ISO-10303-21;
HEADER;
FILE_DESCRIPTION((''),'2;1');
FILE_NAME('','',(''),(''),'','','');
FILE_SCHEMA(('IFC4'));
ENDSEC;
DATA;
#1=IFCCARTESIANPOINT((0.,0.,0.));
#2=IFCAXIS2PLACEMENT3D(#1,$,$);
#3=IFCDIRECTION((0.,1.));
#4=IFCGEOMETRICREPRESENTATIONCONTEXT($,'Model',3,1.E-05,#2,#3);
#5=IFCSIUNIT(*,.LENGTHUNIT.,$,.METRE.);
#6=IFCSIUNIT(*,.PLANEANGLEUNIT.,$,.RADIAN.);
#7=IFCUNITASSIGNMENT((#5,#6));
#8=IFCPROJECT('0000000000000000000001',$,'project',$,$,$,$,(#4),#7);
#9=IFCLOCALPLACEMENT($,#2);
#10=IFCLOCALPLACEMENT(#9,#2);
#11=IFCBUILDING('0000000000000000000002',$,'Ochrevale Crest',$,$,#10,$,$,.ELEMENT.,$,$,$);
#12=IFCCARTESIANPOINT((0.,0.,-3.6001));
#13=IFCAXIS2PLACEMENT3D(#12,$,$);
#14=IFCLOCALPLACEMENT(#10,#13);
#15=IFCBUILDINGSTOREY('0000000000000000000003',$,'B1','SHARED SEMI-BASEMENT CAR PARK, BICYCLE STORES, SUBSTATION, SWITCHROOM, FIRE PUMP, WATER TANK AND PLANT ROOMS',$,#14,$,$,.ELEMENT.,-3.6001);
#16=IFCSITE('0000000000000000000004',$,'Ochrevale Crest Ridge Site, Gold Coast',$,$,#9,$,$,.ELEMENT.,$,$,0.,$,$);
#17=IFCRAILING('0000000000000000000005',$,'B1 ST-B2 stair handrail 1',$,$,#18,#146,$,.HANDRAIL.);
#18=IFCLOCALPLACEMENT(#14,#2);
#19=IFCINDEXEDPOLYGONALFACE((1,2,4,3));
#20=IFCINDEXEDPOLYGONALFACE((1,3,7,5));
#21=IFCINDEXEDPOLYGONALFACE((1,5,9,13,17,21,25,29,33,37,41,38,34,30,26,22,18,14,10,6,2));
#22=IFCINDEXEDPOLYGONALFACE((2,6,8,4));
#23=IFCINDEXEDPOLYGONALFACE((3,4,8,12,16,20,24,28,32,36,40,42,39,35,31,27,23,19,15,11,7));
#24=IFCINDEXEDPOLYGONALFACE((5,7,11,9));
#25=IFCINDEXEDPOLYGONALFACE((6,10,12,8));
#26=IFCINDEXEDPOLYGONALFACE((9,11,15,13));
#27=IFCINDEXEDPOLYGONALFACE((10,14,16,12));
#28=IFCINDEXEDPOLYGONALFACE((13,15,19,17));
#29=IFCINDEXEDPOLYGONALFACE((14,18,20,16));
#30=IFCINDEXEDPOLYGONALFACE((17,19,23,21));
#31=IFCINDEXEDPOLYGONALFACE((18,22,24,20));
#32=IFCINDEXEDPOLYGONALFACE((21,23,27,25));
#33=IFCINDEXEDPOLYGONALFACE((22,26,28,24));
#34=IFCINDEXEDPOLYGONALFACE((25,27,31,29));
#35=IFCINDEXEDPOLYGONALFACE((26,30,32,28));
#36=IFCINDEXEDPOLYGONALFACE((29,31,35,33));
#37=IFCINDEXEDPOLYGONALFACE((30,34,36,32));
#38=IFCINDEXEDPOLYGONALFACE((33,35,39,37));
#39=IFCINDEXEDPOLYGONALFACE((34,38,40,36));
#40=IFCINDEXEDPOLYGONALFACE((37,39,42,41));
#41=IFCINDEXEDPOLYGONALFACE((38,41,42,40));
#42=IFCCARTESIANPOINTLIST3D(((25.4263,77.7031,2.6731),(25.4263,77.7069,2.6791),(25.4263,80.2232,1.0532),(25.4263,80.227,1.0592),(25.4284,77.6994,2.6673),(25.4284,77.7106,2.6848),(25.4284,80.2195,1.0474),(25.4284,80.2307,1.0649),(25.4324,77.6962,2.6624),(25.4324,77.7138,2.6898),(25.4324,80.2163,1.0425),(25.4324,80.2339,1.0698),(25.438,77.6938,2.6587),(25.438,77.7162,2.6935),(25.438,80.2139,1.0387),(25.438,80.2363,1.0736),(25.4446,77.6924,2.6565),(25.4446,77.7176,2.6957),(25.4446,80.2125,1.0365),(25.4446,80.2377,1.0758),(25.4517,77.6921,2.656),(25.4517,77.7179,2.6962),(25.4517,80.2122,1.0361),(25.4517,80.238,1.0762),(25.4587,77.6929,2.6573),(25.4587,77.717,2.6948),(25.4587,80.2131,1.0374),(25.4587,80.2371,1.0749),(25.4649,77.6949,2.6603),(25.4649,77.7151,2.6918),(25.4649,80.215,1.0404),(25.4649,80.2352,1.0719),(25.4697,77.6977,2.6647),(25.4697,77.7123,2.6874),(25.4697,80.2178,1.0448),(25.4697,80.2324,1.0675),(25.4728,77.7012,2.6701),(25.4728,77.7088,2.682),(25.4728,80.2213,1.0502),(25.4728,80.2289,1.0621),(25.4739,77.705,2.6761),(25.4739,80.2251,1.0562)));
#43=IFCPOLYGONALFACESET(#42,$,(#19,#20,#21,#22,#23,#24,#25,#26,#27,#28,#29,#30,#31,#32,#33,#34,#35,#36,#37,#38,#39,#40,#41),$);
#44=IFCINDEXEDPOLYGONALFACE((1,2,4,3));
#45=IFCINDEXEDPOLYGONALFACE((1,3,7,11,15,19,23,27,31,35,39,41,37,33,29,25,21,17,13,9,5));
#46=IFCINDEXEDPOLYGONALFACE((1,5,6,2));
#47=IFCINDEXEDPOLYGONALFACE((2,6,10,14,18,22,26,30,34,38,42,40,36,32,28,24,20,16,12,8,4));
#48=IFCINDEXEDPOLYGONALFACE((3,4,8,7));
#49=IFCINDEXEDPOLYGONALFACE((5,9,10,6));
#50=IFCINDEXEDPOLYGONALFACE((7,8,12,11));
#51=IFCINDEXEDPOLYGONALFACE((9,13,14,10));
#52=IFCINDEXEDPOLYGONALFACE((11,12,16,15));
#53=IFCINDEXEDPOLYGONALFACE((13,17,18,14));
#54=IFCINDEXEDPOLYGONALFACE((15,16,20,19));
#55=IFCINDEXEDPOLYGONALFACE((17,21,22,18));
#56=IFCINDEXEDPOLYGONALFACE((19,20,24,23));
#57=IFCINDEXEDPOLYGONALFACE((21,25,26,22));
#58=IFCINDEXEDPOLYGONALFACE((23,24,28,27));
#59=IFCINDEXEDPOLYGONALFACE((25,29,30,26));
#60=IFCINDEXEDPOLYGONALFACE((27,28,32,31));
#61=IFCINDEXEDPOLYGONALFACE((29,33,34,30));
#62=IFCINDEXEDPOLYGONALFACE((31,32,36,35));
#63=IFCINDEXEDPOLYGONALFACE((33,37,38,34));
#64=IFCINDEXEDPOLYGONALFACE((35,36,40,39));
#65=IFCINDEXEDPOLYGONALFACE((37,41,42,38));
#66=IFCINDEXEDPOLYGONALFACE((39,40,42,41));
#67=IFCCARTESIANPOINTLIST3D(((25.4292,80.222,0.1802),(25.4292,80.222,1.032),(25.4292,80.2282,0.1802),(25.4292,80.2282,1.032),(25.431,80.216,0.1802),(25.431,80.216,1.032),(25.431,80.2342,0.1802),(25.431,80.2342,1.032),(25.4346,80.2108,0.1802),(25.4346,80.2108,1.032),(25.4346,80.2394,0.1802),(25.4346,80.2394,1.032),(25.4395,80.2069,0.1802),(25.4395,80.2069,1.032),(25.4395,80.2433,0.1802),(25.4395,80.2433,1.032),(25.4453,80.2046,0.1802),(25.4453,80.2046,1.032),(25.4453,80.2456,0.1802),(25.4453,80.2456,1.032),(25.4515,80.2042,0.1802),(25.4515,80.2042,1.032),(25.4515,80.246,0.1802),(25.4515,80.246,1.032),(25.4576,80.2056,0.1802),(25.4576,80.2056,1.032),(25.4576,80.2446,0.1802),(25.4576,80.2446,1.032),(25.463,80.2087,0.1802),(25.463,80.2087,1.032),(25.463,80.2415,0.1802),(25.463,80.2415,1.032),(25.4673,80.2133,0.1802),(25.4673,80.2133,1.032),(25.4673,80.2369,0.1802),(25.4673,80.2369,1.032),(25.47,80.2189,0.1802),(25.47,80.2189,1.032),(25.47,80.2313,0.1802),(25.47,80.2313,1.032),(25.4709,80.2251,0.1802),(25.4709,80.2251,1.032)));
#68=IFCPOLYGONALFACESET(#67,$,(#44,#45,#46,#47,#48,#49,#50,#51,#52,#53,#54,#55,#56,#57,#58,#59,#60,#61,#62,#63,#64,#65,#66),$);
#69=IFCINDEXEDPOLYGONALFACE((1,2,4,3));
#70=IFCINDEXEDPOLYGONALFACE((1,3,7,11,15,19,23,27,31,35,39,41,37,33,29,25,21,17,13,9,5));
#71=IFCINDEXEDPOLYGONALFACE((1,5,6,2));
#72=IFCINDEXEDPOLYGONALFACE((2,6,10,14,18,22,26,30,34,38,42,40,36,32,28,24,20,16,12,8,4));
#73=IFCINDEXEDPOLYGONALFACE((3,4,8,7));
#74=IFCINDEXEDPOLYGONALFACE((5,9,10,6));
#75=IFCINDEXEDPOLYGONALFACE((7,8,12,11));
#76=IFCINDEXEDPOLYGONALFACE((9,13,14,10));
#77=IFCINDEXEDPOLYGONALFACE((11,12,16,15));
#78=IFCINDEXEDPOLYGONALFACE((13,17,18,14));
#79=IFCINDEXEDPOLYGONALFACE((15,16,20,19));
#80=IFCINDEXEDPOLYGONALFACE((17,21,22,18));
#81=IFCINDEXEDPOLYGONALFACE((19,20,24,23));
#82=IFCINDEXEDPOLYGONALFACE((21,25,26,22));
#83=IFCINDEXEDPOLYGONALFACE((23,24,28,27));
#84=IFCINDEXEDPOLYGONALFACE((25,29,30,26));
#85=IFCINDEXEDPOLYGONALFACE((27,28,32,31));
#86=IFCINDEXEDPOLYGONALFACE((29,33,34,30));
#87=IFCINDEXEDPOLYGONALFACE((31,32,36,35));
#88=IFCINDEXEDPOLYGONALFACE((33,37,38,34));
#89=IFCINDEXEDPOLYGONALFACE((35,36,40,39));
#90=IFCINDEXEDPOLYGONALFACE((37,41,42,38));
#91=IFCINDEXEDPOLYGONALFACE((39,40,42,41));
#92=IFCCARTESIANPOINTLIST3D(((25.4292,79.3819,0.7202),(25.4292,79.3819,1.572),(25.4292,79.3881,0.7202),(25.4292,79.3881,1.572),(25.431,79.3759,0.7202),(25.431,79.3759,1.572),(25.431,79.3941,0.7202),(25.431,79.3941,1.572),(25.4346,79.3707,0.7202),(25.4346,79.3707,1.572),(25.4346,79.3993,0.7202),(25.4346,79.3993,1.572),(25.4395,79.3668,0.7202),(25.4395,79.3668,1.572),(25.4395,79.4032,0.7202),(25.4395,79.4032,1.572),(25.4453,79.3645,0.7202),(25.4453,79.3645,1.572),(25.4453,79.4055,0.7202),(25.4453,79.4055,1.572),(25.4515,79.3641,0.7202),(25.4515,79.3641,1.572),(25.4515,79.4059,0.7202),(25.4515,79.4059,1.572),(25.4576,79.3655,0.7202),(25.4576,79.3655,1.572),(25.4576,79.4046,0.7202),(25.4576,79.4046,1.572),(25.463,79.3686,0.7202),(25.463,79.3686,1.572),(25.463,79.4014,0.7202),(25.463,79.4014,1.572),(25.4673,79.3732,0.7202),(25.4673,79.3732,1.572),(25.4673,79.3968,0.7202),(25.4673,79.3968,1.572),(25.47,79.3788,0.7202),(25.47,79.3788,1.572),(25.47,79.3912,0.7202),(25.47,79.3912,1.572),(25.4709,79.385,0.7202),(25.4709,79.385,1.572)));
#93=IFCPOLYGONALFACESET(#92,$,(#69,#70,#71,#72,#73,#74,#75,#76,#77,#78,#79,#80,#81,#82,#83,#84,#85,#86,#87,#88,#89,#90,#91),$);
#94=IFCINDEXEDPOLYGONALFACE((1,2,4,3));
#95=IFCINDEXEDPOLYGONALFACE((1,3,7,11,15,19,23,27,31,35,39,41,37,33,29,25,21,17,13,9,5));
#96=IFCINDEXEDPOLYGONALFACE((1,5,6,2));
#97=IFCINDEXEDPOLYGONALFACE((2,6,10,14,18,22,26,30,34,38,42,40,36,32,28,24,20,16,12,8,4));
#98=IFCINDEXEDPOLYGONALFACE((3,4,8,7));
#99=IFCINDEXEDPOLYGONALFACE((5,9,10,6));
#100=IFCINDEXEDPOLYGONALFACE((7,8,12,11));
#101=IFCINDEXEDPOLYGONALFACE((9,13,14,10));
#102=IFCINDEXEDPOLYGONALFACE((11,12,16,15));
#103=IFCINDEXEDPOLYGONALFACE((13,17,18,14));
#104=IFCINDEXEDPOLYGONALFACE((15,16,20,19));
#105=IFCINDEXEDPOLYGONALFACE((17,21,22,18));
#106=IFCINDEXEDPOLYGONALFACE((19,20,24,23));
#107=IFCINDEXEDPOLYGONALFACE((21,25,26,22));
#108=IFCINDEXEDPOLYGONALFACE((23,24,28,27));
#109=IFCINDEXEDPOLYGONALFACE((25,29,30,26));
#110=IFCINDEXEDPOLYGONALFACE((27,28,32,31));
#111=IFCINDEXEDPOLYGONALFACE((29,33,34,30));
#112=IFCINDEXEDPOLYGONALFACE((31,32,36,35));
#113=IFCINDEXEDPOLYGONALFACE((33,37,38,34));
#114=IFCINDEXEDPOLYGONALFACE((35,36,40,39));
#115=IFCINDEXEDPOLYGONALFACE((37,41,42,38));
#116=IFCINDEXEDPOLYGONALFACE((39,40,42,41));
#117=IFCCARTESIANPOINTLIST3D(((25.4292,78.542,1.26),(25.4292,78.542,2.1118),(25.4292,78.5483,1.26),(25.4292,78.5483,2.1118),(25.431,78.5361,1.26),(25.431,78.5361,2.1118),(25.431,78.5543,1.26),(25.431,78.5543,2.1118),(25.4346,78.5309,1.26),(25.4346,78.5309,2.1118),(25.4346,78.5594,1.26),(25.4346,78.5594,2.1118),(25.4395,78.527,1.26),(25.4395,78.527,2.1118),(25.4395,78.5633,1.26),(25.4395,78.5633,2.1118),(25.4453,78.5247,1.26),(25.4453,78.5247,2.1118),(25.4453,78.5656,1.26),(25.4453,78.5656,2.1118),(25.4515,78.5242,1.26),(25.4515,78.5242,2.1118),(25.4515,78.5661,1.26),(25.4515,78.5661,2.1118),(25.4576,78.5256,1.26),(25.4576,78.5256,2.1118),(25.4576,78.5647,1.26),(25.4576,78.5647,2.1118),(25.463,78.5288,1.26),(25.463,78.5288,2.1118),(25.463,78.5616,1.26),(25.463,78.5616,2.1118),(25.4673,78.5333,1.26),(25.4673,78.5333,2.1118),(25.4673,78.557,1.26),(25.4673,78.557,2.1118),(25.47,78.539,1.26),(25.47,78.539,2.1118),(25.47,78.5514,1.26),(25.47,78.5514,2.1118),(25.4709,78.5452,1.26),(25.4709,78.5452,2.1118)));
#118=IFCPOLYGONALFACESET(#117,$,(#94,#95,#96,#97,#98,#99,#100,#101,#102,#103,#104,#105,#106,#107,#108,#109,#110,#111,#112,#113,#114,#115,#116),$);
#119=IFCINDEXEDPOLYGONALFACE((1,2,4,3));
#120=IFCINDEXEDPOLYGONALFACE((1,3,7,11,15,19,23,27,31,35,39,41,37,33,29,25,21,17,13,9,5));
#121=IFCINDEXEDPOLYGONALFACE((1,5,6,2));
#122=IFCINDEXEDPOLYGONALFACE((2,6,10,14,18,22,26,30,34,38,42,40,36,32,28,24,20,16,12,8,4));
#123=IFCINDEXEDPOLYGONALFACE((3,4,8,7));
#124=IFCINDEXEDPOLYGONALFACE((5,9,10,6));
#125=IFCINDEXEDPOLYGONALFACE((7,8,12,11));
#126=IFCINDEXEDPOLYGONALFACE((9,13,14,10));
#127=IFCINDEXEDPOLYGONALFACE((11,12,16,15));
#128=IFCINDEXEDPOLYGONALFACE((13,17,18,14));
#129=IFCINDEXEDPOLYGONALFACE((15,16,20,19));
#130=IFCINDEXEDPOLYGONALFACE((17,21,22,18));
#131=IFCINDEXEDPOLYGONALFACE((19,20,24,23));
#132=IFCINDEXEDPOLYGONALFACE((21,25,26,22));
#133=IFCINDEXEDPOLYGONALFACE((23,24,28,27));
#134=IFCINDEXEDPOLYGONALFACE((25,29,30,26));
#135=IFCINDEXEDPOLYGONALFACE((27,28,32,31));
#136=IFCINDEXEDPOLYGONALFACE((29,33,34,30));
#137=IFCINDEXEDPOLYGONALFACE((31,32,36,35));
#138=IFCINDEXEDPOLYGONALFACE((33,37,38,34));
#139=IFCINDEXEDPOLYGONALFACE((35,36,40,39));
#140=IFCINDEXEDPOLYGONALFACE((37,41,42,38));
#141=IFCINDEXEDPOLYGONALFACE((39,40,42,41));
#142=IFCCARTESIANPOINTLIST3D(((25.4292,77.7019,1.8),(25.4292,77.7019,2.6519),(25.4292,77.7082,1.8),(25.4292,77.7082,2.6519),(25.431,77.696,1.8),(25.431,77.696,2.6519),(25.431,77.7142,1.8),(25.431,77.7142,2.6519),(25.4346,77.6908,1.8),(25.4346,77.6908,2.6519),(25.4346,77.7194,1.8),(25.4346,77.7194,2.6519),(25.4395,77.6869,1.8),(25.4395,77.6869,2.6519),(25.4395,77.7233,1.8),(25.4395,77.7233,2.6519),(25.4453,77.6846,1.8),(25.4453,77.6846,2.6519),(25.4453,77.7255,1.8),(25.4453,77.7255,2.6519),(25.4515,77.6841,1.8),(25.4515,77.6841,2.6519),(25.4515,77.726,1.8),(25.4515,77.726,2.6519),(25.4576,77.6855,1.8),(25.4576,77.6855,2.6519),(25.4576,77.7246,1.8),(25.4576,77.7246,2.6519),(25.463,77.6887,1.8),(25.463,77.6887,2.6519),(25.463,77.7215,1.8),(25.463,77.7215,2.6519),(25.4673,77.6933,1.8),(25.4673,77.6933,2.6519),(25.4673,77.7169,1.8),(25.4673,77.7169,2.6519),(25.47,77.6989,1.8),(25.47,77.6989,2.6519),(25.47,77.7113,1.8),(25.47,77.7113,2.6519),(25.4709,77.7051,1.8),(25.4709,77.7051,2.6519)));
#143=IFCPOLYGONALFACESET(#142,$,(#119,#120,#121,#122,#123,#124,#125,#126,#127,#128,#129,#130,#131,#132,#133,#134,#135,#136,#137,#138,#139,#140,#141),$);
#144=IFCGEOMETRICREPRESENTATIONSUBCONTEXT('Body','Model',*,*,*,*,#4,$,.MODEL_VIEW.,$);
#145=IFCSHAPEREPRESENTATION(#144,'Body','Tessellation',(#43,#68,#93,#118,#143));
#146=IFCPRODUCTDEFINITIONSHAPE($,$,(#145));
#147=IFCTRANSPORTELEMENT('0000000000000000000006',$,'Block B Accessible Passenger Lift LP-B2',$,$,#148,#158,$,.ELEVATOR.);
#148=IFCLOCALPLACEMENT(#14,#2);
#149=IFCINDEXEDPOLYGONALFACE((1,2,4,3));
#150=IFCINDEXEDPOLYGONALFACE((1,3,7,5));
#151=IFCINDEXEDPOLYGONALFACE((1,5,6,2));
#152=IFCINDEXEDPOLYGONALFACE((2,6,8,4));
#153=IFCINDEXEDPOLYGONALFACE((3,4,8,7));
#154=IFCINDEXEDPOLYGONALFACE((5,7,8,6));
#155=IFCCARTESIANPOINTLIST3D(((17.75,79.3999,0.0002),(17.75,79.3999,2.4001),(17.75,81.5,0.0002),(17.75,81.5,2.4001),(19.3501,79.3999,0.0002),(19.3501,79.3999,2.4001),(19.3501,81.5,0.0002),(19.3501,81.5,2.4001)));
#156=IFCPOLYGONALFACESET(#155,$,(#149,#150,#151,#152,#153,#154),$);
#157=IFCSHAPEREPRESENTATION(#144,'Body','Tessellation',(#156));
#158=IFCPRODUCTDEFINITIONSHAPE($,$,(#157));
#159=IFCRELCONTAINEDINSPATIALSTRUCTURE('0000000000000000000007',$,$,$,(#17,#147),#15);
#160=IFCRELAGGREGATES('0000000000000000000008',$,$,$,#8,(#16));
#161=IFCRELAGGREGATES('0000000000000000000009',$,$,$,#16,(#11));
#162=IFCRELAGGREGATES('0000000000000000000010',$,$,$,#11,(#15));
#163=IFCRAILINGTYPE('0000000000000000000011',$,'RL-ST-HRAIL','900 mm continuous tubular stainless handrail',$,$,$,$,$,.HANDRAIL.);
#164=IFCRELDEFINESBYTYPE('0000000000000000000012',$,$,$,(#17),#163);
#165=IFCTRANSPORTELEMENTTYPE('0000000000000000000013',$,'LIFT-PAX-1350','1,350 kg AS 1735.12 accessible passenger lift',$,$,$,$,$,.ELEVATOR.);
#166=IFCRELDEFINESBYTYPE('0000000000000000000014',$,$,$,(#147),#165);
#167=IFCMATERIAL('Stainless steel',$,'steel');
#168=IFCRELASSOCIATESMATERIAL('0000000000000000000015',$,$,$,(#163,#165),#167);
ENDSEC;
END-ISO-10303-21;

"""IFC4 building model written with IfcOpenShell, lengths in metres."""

from ifc_helpers import new_model, si_unit, direction, frame, origin, origin_2d, place, context, subcontext, project, spatial, rectangle, circle, extrude, material, type_object, element, save


model = new_model("IFC4")

# Units and contexts
model_context = context("Model", 3, precision=1e-05, world=origin(), true_north=direction((0.0, 1.0)))
body_context = subcontext(model_context, "Body", "Model", "MODEL_VIEW")
ifc_project = project(units=[si_unit("LENGTHUNIT", "METRE"), si_unit("PLANEANGLEUNIT", "RADIAN")], contexts=[model_context])

# Site, building, storey
site_placement = place(None, origin())
site = spatial("IfcSite", under=ifc_project, at=site_placement, Name="Ochrevale Crest Ridge Site, Gold Coast", CompositionType="ELEMENT", RefElevation=0.0)
building_placement = place(site_placement, origin())
building = spatial("IfcBuilding", under=site, at=building_placement, Name="Ochrevale Crest", CompositionType="ELEMENT")
storey_placement = place(building_placement, frame((0.0, 0.0, -3.6001)))
storey = spatial("IfcBuildingStorey", under=building, at=storey_placement, Name="B1", Description="SHARED SEMI-BASEMENT CAR PARK, BICYCLE STORES, SUBSTATION, SWITCHROOM, FIRE PUMP, WATER TANK AND PLANT ROOMS", CompositionType="ELEMENT", Elevation=-3.6001)

# Railing
ifc_material_1 = material(Name="Stainless steel", Category="steel")
railing_type_1 = type_object("IfcRailingType", Name="RL-ST-HRAIL", Description="900 mm continuous tubular stainless handrail", PredefinedType="HANDRAIL", material=ifc_material_1)
railing_1_placement = place(storey_placement, frame((25.45, 80.2251, 0.1802)))
element("IfcRailing", 1, at=railing_1_placement, inside=storey, type_object=railing_type_1, Name="B1 ST-B2 stair handrail 1", PredefinedType="HANDRAIL", context=body_context, shape_type="SweptSolid", body=[
    extrude(circle(Radius=0.0239, at=origin_2d()), frame((0.0, 0.0, 0.876), z_axis=(0.0, -0.8412, 0.540725), x_axis=(1.0, 0.0, 0.0)), (0.0, 0.0, 1.0), 2.9958),
    extrude(circle(Radius=0.021, at=origin_2d()), origin(), (0.0, 0.0, 1.0), 0.8518),
    extrude(circle(Radius=0.021, at=origin_2d()), frame((0.0, -0.8401, 0.54)), (0.0, 0.0, 1.0), 0.8518),
    extrude(circle(Radius=0.021, at=origin_2d()), frame((0.0, -1.6799, 1.0798)), (0.0, 0.0, 1.0), 0.8518),
    extrude(circle(Radius=0.021, at=origin_2d()), frame((0.0, -2.52, 1.6199)), (0.0, 0.0, 1.0), 0.8518),
])

# Transport element
transport_element_type = type_object("IfcTransportElementType", Name="LIFT-PAX-1350", Description="1,350 kg AS 1735.12 accessible passenger lift", PredefinedType="ELEVATOR", material=ifc_material_1)
transport_element_placement = place(storey_placement, frame((18.55, 80.45, 0.0002), z_axis=(0.0, 0.0, 1.0), x_axis=(1.0, 0.0, 0.0)))
element("IfcTransportElement", 2, at=transport_element_placement, inside=storey, type_object=transport_element_type, Name="Block B Accessible Passenger Lift LP-B2", PredefinedType="ELEVATOR", context=body_context, shape_type="SweptSolid", body=[
    extrude(rectangle(XDim=1.6001, YDim=2.1001, at=origin_2d()), origin(), (0.0, 0.0, 1.0), 2.3999),
])

save(model, "model.ifc")
